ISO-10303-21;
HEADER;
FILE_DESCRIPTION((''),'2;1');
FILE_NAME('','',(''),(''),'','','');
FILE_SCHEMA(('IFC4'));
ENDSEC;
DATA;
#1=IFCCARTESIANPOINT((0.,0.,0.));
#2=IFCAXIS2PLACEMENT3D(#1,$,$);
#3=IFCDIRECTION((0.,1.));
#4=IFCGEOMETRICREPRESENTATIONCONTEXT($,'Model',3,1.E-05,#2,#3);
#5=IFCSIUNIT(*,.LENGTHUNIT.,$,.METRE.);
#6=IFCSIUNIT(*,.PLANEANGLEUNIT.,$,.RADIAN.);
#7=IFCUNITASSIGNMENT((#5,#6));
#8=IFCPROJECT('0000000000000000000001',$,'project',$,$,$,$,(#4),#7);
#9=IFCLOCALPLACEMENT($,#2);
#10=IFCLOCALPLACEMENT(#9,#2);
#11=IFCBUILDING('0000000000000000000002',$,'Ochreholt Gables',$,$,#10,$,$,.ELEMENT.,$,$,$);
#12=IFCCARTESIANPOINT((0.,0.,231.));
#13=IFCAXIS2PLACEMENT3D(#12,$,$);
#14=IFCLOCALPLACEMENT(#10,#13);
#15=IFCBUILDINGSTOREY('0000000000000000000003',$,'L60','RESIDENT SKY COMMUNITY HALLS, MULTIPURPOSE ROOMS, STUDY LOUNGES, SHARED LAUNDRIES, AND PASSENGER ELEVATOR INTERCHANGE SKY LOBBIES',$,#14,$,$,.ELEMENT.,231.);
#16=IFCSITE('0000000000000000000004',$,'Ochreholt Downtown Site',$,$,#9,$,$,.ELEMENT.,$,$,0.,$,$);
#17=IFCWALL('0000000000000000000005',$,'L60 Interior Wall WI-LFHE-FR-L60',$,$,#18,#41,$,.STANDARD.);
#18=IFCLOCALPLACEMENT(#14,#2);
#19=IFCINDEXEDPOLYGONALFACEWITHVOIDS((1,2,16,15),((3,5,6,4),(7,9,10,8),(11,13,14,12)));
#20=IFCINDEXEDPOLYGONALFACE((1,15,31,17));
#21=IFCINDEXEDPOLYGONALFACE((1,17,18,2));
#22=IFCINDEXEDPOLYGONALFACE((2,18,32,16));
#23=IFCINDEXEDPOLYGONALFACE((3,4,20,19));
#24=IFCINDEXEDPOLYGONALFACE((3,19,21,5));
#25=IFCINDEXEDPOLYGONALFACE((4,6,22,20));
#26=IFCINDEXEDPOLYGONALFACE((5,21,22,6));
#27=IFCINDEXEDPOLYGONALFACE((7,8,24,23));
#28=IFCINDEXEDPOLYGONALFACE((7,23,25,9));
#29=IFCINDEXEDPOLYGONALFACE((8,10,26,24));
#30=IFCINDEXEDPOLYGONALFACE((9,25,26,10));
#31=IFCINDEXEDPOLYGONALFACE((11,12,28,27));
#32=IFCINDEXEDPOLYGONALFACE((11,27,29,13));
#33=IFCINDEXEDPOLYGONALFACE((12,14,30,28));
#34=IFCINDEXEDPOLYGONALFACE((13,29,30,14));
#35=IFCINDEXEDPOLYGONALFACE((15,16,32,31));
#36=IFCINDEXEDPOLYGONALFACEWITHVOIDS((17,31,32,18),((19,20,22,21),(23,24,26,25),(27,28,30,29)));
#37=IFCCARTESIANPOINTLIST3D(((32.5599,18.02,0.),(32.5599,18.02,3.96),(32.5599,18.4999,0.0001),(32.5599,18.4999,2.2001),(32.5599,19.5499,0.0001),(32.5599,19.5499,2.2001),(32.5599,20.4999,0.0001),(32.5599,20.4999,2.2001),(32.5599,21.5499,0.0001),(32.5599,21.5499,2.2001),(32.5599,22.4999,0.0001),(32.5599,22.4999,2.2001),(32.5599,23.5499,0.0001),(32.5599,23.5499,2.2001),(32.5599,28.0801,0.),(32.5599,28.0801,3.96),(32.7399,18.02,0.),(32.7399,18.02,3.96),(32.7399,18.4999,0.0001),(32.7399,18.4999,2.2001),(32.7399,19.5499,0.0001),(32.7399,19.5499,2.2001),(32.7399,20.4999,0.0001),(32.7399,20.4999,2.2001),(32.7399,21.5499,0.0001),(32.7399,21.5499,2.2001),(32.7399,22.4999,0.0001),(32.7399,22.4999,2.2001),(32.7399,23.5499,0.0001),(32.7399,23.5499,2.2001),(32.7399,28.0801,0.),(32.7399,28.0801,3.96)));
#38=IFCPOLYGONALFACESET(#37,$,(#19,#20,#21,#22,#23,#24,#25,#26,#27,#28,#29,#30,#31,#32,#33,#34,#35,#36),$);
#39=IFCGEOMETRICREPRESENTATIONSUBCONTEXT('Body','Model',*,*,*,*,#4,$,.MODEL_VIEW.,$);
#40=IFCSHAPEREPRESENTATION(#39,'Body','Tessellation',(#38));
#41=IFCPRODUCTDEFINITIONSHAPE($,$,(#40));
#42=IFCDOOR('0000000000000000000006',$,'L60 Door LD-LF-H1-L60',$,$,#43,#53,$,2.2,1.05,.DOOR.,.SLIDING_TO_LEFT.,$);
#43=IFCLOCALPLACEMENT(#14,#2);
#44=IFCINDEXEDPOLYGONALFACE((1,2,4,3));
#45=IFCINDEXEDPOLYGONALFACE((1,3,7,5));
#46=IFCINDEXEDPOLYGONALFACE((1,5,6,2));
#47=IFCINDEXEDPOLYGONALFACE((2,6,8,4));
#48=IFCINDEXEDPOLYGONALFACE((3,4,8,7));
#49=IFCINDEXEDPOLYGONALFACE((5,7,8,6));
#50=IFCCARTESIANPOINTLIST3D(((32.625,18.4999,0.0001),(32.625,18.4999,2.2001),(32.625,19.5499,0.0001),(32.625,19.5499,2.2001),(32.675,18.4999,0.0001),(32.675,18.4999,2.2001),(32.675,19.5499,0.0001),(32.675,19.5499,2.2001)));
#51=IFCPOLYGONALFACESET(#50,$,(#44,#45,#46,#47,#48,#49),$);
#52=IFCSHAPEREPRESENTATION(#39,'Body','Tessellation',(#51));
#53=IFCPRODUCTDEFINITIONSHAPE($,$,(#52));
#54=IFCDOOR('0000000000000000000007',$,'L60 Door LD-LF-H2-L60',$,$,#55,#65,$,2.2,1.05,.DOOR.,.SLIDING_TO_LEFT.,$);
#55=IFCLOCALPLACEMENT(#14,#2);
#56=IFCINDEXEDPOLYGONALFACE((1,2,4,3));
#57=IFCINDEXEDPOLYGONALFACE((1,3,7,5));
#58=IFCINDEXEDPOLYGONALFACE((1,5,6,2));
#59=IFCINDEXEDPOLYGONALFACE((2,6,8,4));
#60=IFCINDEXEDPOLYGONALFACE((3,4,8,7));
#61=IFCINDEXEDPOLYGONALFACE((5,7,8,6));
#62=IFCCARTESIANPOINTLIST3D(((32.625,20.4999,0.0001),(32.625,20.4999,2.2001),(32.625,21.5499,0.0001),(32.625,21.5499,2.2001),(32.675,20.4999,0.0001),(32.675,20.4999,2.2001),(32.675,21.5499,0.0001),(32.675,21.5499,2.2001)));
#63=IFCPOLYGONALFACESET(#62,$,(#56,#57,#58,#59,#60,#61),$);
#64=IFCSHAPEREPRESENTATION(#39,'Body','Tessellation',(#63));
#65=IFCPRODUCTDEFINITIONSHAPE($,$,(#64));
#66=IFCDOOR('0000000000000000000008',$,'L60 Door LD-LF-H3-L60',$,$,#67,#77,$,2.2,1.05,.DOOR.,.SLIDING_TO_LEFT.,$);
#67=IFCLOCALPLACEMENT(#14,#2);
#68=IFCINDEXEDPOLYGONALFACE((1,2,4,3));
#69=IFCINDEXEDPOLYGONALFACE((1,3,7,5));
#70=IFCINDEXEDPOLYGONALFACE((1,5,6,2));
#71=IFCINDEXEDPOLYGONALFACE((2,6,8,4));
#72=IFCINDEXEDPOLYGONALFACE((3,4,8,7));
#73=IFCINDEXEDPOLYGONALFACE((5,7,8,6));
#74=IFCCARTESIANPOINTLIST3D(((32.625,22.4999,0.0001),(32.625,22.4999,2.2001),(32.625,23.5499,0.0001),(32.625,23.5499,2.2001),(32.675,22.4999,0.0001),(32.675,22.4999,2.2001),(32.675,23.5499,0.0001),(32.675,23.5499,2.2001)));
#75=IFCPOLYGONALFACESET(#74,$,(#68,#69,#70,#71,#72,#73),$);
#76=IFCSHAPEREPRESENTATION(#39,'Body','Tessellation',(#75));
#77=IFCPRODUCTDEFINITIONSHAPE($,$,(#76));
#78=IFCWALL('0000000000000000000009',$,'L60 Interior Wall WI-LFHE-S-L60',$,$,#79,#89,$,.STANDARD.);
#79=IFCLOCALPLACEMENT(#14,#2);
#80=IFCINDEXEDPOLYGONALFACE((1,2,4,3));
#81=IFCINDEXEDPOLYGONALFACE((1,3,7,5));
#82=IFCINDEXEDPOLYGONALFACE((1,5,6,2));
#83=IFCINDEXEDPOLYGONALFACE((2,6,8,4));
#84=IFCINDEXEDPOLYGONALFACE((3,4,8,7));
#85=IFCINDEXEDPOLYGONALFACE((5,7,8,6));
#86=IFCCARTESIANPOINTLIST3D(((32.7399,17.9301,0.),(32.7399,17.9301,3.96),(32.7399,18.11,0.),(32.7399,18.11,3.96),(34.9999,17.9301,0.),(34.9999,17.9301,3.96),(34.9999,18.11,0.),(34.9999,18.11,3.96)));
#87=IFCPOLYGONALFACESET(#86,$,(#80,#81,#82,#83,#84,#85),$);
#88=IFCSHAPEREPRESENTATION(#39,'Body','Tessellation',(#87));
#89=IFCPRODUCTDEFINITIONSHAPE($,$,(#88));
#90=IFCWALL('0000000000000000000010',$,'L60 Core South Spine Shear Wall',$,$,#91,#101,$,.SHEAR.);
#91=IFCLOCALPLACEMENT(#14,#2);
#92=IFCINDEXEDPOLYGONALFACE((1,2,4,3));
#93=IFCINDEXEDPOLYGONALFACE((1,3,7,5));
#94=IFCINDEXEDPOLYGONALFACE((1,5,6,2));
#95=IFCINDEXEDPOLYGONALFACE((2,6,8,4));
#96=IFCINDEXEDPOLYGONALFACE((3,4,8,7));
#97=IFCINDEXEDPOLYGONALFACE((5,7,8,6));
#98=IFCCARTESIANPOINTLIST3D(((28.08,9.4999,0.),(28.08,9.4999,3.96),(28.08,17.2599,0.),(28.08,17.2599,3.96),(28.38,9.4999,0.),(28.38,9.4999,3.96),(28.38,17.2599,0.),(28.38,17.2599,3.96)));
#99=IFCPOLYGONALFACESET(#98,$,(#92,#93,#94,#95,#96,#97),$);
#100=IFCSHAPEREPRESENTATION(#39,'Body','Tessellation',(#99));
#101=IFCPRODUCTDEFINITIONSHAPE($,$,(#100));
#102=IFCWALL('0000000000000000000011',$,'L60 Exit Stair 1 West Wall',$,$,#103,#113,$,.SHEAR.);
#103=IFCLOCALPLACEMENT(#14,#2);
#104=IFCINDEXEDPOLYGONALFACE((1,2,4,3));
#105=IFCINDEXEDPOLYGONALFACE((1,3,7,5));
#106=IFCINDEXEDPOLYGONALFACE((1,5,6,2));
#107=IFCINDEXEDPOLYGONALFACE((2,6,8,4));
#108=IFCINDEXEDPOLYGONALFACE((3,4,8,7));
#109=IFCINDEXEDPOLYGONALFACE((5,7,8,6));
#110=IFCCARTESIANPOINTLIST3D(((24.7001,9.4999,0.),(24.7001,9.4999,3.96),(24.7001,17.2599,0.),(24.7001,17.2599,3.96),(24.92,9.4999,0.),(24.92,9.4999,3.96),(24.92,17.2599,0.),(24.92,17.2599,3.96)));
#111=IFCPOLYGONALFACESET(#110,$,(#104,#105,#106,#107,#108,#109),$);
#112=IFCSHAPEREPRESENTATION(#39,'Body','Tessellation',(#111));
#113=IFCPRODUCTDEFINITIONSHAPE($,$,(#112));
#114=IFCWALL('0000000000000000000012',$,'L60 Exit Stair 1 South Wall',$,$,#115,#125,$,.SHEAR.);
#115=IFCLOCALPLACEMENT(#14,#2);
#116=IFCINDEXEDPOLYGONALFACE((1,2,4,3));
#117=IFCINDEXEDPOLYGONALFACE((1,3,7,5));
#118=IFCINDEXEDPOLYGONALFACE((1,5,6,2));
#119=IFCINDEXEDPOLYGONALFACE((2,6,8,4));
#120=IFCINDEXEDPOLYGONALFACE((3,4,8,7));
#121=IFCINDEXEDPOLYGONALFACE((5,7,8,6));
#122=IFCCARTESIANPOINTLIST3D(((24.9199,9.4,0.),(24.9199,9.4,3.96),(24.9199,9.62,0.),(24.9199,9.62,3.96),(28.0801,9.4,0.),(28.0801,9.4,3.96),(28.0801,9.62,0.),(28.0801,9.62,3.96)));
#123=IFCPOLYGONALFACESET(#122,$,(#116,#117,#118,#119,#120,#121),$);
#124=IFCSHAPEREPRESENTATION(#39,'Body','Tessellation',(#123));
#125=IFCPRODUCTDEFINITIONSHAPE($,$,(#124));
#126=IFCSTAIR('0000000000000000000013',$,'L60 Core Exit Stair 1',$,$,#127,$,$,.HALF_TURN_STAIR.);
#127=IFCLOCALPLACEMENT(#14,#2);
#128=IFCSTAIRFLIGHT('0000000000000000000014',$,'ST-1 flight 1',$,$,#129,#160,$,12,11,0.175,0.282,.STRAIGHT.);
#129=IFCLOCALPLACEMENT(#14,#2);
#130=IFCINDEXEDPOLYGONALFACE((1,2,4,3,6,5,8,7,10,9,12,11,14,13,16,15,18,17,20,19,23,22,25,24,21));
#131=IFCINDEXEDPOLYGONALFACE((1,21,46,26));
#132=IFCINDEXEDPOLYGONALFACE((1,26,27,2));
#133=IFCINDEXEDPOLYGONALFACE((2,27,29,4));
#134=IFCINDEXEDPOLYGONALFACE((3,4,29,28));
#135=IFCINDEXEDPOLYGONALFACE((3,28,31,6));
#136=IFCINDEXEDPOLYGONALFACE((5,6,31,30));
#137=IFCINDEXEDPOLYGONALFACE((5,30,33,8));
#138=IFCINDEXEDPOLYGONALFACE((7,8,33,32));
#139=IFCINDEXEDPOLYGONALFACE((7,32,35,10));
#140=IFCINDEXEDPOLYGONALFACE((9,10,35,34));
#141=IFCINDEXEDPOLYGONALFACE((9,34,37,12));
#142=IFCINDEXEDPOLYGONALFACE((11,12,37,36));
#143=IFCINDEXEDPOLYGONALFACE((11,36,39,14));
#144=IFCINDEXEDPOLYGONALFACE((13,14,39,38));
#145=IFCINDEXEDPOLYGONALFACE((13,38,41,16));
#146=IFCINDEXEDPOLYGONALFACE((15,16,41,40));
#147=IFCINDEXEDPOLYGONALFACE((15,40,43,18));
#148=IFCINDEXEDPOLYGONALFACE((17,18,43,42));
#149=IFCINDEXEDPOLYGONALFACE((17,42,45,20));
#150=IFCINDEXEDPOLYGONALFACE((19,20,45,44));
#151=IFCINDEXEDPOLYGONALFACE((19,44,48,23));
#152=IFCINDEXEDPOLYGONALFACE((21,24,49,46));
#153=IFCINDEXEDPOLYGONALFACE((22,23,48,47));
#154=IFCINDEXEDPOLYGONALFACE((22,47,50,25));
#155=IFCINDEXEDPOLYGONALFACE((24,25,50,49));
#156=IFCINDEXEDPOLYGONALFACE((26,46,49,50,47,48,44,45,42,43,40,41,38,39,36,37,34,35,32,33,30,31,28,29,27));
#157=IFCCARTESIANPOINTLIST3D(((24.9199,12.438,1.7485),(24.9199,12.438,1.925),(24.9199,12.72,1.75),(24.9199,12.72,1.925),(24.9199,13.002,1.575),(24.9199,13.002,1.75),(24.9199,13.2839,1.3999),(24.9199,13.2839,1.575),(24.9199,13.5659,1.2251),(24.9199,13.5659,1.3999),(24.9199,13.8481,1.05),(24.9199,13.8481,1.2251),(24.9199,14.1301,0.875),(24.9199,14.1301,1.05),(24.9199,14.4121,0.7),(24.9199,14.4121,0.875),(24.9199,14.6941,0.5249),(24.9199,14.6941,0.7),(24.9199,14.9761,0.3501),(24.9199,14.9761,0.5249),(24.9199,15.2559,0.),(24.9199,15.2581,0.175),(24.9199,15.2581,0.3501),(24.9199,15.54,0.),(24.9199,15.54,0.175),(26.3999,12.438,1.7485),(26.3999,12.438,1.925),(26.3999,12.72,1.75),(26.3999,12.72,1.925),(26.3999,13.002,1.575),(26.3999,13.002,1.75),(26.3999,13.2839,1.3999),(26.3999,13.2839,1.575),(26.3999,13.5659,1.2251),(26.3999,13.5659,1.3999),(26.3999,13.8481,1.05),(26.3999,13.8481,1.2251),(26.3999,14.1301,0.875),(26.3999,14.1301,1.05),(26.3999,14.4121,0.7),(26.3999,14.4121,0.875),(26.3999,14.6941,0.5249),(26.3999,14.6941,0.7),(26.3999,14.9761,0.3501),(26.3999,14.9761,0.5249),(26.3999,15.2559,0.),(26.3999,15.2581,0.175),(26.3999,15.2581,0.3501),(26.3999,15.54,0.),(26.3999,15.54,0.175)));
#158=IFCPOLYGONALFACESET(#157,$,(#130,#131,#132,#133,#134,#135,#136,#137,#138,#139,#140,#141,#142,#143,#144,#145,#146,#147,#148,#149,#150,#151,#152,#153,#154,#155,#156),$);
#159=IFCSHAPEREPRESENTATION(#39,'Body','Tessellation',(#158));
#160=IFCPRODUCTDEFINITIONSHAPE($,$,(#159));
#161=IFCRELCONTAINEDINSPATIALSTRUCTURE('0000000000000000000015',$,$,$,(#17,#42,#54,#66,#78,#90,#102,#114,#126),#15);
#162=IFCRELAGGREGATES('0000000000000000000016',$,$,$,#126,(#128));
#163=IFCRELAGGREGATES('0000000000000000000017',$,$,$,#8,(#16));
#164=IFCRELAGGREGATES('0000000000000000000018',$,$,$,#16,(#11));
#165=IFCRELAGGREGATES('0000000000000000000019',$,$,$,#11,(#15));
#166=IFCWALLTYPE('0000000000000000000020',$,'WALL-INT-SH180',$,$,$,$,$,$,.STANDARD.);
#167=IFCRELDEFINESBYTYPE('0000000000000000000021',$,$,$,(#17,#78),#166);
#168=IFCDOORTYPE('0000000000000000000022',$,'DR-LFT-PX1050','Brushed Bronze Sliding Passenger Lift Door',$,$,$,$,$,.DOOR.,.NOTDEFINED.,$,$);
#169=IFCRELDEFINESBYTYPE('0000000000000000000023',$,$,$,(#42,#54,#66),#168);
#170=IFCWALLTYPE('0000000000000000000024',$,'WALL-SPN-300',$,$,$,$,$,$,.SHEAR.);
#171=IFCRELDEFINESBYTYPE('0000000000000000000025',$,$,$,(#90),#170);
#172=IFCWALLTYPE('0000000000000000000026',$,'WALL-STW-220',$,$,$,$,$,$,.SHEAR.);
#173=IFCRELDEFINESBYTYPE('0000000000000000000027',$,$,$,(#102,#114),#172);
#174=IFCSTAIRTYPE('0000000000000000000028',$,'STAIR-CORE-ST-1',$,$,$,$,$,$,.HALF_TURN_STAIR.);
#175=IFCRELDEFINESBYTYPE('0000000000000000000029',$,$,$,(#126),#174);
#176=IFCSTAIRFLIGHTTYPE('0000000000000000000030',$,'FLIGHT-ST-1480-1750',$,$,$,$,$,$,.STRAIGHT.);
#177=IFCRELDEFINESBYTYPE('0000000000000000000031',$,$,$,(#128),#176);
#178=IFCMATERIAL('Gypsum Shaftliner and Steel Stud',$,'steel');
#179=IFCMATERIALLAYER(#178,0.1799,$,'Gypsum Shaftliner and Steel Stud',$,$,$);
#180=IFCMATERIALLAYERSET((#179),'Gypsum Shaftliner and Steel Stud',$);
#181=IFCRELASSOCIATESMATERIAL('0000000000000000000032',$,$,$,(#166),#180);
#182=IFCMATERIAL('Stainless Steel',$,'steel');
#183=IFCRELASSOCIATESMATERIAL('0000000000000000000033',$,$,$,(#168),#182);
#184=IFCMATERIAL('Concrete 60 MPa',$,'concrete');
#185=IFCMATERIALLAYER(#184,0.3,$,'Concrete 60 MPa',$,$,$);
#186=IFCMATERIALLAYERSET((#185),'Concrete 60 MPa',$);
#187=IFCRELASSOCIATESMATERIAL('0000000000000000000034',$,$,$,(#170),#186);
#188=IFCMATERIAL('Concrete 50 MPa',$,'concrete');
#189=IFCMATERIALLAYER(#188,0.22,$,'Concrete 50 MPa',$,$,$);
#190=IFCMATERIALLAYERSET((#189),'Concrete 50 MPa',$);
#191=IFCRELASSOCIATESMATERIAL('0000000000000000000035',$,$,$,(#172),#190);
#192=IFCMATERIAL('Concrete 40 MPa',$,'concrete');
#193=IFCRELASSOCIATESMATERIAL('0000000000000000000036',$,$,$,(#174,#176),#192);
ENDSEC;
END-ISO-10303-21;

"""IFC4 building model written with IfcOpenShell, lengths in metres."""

from ifc_helpers import new_model, si_unit, direction, frame, frame_2d, origin, place, context, subcontext, project, spatial, polyline, rectangle, outline, extrude, material, layer, layer_set, type_object, element, fill, aggregate, save


model = new_model("IFC4")

# Units and contexts
model_context = context("Model", 3, precision=1e-05, world=origin(), true_north=direction((0.0, 1.0)))
body_context = subcontext(model_context, "Body", "Model", "MODEL_VIEW")
ifc_project = project(units=[si_unit("LENGTHUNIT", "METRE"), si_unit("PLANEANGLEUNIT", "RADIAN")], contexts=[model_context])

# Site, building, storey
site_placement = place(None, origin())
site = spatial("IfcSite", under=ifc_project, at=site_placement, Name="Ochreholt Downtown Site", CompositionType="ELEMENT", RefElevation=0.0)
building_placement = place(site_placement, origin())
building = spatial("IfcBuilding", under=site, at=building_placement, Name="Ochreholt Gables", CompositionType="ELEMENT")
storey_placement = place(building_placement, frame((0.0, 0.0, 231.0)))
storey = spatial("IfcBuildingStorey", under=building, at=storey_placement, Name="L60", Description="RESIDENT SKY COMMUNITY HALLS, MULTIPURPOSE ROOMS, STUDY LOUNGES, SHARED LAUNDRIES, AND PASSENGER ELEVATOR INTERCHANGE SKY LOBBIES", CompositionType="ELEMENT", Elevation=231.0)

# Shared definitions
ifc_material_1 = material(Name="Concrete 50 MPa", Category="concrete")

# Shared definitions
ifc_material_2 = material(Name="Concrete 40 MPa", Category="concrete")

# Wall, openings, doors
ifc_material_3 = material(Name="Gypsum Shaftliner and Steel Stud", Category="steel")
ifc_layer_1 = layer(ifc_material_3, 0.1799, Name="Gypsum Shaftliner and Steel Stud")
ifc_layer_set_1 = layer_set([ifc_layer_1], Name="Gypsum Shaftliner and Steel Stud")
wall_type_1 = type_object("IfcWallType", Name="WALL-INT-SH180", PredefinedType="STANDARD", material=ifc_layer_set_1)
wall_1_placement = place(storey_placement, frame((32.6499, 18.02, 0.0), z_axis=(0.0, 0.0, 1.0), x_axis=(0.0, 1.0, 0.0)))
wall_1 = element("IfcWall", 1, at=wall_1_placement, inside=storey, type_object=wall_type_1, Name="L60 Interior Wall WI-LFHE-FR-L60", PredefinedType="STANDARD", context=body_context, shape_type="SweptSolid", body=[
    extrude(rectangle(XDim=10.0601, YDim=0.1799, at=frame_2d((5.03, 0.0))), origin(), (0.0, 0.0, 1.0), 3.96),
])
opening_1_placement = place(wall_1_placement, frame((0.48, 0.0, 0.0)))
opening_1 = element("IfcOpeningElement", 2, at=opening_1_placement, cuts=wall_1, PredefinedType="OPENING", context=body_context, shape_type="SweptSolid", body=[
    extrude(rectangle(XDim=1.05, YDim=2.2, at=frame_2d((0.5249, 1.1001))), frame((0.0, 0.0999, 0.0), z_axis=(0.0, -1.0, 0.0), x_axis=(1.0, 0.0, 0.0)), (0.0, 0.0, 1.0), 0.2),
])
opening_2_placement = place(wall_1_placement, frame((2.48, 0.0, 0.0)))
opening_2 = element("IfcOpeningElement", 3, at=opening_2_placement, cuts=wall_1, PredefinedType="OPENING", context=body_context, shape_type="SweptSolid", body=[
    extrude(rectangle(XDim=1.05, YDim=2.2, at=frame_2d((0.5249, 1.1001))), frame((0.0, 0.0999, 0.0), z_axis=(0.0, -1.0, 0.0), x_axis=(1.0, 0.0, 0.0)), (0.0, 0.0, 1.0), 0.2),
])
opening_3_placement = place(wall_1_placement, frame((4.48, 0.0, 0.0)))
opening_3 = element("IfcOpeningElement", 4, at=opening_3_placement, cuts=wall_1, PredefinedType="OPENING", context=body_context, shape_type="SweptSolid", body=[
    extrude(rectangle(XDim=1.05, YDim=2.2, at=frame_2d((0.5249, 1.1001))), frame((0.0, 0.0999, 0.0), z_axis=(0.0, -1.0, 0.0), x_axis=(1.0, 0.0, 0.0)), (0.0, 0.0, 1.0), 0.2),
])
ifc_material_4 = material(Name="Stainless Steel", Category="steel")
door_type_1 = type_object("IfcDoorType", Name="DR-LFT-PX1050", Description="Brushed Bronze Sliding Passenger Lift Door", OperationType="NOTDEFINED", PredefinedType="DOOR", material=ifc_material_4)
door_1_placement = place(opening_1_placement, origin())
door_1 = element("IfcDoor", 5, at=door_1_placement, inside=storey, type_object=door_type_1, Name="L60 Door LD-LF-H1-L60", OperationType="SLIDING_TO_LEFT", OverallHeight=2.2, OverallWidth=1.05, PredefinedType="DOOR", context=body_context, shape_type="SweptSolid", body=[
    extrude(rectangle(XDim=1.05, YDim=2.2, at=frame_2d((0.5249, 1.1001))), frame((0.0, 0.0249, 0.0), z_axis=(0.0, -1.0, 0.0), x_axis=(1.0, 0.0, 0.0)), (0.0, 0.0, 1.0), 0.05),
])
fill(opening_1, door_1)
door_2_placement = place(opening_2_placement, origin())
door_2 = element("IfcDoor", 6, at=door_2_placement, inside=storey, type_object=door_type_1, Name="L60 Door LD-LF-H2-L60", OperationType="SLIDING_TO_LEFT", OverallHeight=2.2, OverallWidth=1.05, PredefinedType="DOOR", context=body_context, shape_type="SweptSolid", body=[
    extrude(rectangle(XDim=1.05, YDim=2.2, at=frame_2d((0.5249, 1.1001))), frame((0.0, 0.0249, 0.0), z_axis=(0.0, -1.0, 0.0), x_axis=(1.0, 0.0, 0.0)), (0.0, 0.0, 1.0), 0.05),
])
fill(opening_2, door_2)
door_3_placement = place(opening_3_placement, origin())
door_3 = element("IfcDoor", 7, at=door_3_placement, inside=storey, type_object=door_type_1, Name="L60 Door LD-LF-H3-L60", OperationType="SLIDING_TO_LEFT", OverallHeight=2.2, OverallWidth=1.05, PredefinedType="DOOR", context=body_context, shape_type="SweptSolid", body=[
    extrude(rectangle(XDim=1.05, YDim=2.2, at=frame_2d((0.5249, 1.1001))), frame((0.0, 0.0249, 0.0), z_axis=(0.0, -1.0, 0.0), x_axis=(1.0, 0.0, 0.0)), (0.0, 0.0, 1.0), 0.05),
])
fill(opening_3, door_3)

# Walls
wall_2_placement = place(storey_placement, frame((32.74, 18.02, 0.0), z_axis=(0.0, 0.0, 1.0), x_axis=(1.0, 0.0, 0.0)))
element("IfcWall", 8, at=wall_2_placement, inside=storey, type_object=wall_type_1, Name="L60 Interior Wall WI-LFHE-S-L60", PredefinedType="STANDARD", context=body_context, shape_type="SweptSolid", body=[
    extrude(rectangle(XDim=2.26, YDim=0.1799, at=frame_2d((1.1299, 0.0))), origin(), (0.0, 0.0, 1.0), 3.96),
])
ifc_material_5 = material(Name="Concrete 60 MPa", Category="concrete")
ifc_layer_2 = layer(ifc_material_5, 0.3, Name="Concrete 60 MPa")
ifc_layer_set_2 = layer_set([ifc_layer_2], Name="Concrete 60 MPa")
wall_type_2 = type_object("IfcWallType", Name="WALL-SPN-300", PredefinedType="SHEAR", material=ifc_layer_set_2)
wall_3_placement = place(storey_placement, frame((28.23, 9.5, 0.0), z_axis=(0.0, 0.0, 1.0), x_axis=(0.0, 1.0, 0.0)))
element("IfcWall", 9, at=wall_3_placement, inside=storey, type_object=wall_type_2, Name="L60 Core South Spine Shear Wall", PredefinedType="SHEAR", context=body_context, shape_type="SweptSolid", body=[
    extrude(rectangle(XDim=7.76, YDim=0.3, at=frame_2d((3.8799, 0.0))), origin(), (0.0, 0.0, 1.0), 3.96),
])
ifc_layer_3 = layer(ifc_material_1, 0.22, Name="Concrete 50 MPa")
ifc_layer_set_3 = layer_set([ifc_layer_3], Name="Concrete 50 MPa")
wall_type_3 = type_object("IfcWallType", Name="WALL-STW-220", PredefinedType="SHEAR", material=ifc_layer_set_3)
wall_4_placement = place(storey_placement, frame((24.8101, 9.5, 0.0), z_axis=(0.0, 0.0, 1.0), x_axis=(0.0, 1.0, 0.0)))
element("IfcWall", 10, at=wall_4_placement, inside=storey, type_object=wall_type_3, Name="L60 Exit Stair 1 West Wall", PredefinedType="SHEAR", context=body_context, shape_type="SweptSolid", body=[
    extrude(rectangle(XDim=7.76, YDim=0.22, at=frame_2d((3.8799, 0.0))), origin(), (0.0, 0.0, 1.0), 3.96),
])
wall_5_placement = place(storey_placement, frame((24.9199, 9.51, 0.0), z_axis=(0.0, 0.0, 1.0), x_axis=(1.0, 0.0, 0.0)))
element("IfcWall", 11, at=wall_5_placement, inside=storey, type_object=wall_type_3, Name="L60 Exit Stair 1 South Wall", PredefinedType="SHEAR", context=body_context, shape_type="SweptSolid", body=[
    extrude(rectangle(XDim=3.1602, YDim=0.22, at=frame_2d((1.5801, 0.0))), origin(), (0.0, 0.0, 1.0), 3.96),
])

# Stair, stair flight
stair_type = type_object("IfcStairType", Name="STAIR-CORE-ST-1", PredefinedType="HALF_TURN_STAIR", material=ifc_material_2)
stair_placement = place(storey_placement, origin())
stair = element("IfcStair", 12, at=stair_placement, inside=storey, type_object=stair_type, Name="L60 Core Exit Stair 1", PredefinedType="HALF_TURN_STAIR")
stair_flight_type = type_object("IfcStairFlightType", Name="FLIGHT-ST-1480-1750", PredefinedType="STRAIGHT", material=ifc_material_2)
stair_flight_1_placement = place(storey_placement, frame((25.6599, 15.54, 0.0), z_axis=(0.0, 0.0, 1.0), x_axis=(0.0, -1.0, 0.0)))
stair_flight_1 = element("IfcStairFlight", 13, at=stair_flight_1_placement, type_object=stair_flight_type, Name="ST-1 flight 1", NumberOfRisers=12, NumberOfTreads=11, PredefinedType="STRAIGHT", RiserHeight=0.175, TreadLength=0.282, context=body_context, shape_type="SweptSolid", body=[
    extrude(outline(polyline([(0.0, 0.0), (0.0, 0.175), (0.282, 0.175), (0.282, 0.3501), (0.564, 0.3501), (0.564, 0.5249), (0.8459, 0.5249), (0.8459, 0.7), (1.1279, 0.7), (1.1279, 0.875), (1.4099, 0.875), (1.4099, 1.05), (1.6919, 1.05), (1.6919, 1.2251), (1.9741, 1.2251), (1.9741, 1.3999), (2.2561, 1.3999), (2.2561, 1.575), (2.5381, 1.575), (2.5381, 1.75), (2.8201, 1.75), (2.8201, 1.925), (3.1021, 1.925), (3.1021, 2.1001), (3.1021, 1.7485), (0.2842, 0.0), (0.0, 0.0)])), frame((0.0, 0.74, 0.0), z_axis=(0.0, -1.0, 0.0), x_axis=(1.0, 0.0, 0.0)), (0.0, 0.0, 1.0), 1.48),
])
aggregate(stair, [stair_flight_1])

save(model, "model.ifc")
